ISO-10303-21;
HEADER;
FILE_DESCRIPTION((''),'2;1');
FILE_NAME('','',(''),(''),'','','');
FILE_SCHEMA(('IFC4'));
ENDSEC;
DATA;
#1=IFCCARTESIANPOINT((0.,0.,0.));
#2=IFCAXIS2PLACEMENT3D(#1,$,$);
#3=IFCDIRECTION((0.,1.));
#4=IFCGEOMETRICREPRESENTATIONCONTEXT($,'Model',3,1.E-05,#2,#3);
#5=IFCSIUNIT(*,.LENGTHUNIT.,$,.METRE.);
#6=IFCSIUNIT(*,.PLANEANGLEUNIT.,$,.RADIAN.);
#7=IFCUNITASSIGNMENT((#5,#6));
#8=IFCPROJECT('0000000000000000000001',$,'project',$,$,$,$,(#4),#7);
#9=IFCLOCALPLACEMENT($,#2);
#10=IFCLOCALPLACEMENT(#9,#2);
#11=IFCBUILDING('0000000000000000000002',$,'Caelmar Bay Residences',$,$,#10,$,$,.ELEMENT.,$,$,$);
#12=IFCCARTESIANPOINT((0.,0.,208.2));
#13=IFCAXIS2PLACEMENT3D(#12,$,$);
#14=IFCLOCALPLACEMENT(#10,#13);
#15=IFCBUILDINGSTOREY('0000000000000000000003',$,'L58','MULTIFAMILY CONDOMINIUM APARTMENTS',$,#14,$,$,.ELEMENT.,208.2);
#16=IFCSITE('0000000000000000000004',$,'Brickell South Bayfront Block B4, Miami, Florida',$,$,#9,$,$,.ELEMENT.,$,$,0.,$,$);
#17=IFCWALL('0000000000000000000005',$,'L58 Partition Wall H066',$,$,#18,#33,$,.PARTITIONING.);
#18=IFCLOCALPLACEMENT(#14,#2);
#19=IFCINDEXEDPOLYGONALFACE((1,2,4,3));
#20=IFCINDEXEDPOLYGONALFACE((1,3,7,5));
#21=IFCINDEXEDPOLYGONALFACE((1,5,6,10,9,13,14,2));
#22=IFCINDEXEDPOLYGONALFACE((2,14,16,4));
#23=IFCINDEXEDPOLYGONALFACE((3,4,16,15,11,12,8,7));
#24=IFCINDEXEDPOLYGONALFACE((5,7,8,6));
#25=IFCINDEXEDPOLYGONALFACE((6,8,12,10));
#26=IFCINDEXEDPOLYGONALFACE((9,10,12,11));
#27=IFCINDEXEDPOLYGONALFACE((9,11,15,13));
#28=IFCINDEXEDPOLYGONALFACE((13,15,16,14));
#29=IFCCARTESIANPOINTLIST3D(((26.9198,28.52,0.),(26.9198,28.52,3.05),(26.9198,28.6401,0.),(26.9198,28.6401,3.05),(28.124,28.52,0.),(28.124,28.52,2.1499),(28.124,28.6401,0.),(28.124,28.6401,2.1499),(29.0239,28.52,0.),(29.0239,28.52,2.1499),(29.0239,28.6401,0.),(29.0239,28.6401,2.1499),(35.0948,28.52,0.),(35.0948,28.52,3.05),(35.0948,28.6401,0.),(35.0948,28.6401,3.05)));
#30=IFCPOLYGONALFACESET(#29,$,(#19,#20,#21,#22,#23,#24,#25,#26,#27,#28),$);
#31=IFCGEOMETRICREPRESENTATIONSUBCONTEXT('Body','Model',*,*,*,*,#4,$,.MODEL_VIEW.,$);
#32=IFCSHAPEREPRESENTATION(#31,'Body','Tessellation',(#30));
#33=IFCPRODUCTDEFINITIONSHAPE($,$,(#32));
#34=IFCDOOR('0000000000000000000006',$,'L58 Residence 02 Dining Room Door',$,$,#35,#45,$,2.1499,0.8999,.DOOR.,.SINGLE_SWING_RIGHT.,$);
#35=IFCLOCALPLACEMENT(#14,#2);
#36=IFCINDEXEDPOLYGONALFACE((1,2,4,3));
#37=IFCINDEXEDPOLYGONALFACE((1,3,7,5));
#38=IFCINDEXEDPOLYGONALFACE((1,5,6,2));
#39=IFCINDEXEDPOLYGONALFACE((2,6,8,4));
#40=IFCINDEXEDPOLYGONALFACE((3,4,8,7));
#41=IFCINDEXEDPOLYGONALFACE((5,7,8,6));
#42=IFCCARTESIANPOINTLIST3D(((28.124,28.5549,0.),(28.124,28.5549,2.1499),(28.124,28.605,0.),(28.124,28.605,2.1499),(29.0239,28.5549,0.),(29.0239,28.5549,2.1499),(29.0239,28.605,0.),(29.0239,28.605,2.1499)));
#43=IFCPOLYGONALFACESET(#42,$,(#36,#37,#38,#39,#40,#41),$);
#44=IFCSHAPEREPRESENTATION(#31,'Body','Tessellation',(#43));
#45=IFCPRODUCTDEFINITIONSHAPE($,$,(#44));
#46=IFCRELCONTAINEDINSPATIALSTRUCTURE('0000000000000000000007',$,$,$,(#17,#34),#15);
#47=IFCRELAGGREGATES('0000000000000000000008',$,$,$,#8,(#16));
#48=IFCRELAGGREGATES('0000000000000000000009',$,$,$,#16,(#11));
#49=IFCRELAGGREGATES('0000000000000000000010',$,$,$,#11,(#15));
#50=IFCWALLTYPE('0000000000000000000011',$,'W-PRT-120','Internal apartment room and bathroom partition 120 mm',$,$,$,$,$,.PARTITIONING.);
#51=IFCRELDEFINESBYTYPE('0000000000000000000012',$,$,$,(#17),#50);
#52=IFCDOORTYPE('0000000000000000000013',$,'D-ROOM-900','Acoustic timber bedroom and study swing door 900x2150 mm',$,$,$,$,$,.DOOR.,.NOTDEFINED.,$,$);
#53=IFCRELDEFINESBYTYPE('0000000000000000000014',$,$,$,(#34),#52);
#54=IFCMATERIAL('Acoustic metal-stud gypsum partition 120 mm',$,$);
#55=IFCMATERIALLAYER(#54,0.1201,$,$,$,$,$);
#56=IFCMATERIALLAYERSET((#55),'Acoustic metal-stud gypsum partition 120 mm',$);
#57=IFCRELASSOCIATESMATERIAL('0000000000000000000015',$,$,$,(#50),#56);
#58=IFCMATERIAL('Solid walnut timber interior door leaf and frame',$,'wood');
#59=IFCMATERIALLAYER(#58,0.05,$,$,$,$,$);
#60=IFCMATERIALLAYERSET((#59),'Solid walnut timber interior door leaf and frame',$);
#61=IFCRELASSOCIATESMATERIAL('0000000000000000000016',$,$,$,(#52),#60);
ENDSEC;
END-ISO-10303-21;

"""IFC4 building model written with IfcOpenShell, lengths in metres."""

from ifc_helpers import new_model, si_unit, direction, frame, frame_2d, origin, place, context, subcontext, project, spatial, rectangle, extrude, material, layer, layer_set, type_object, element, fill, save


model = new_model("IFC4")

# Units and contexts
model_context = context("Model", 3, precision=1e-05, world=origin(), true_north=direction((0.0, 1.0)))
body_context = subcontext(model_context, "Body", "Model", "MODEL_VIEW")
ifc_project = project(units=[si_unit("LENGTHUNIT", "METRE"), si_unit("PLANEANGLEUNIT", "RADIAN")], contexts=[model_context])

# Site, building, storey
site_placement = place(None, origin())
site = spatial("IfcSite", under=ifc_project, at=site_placement, Name="Brickell South Bayfront Block B4, Miami, Florida", CompositionType="ELEMENT", RefElevation=0.0)
building_placement = place(site_placement, origin())
building = spatial("IfcBuilding", under=site, at=building_placement, Name="Caelmar Bay Residences", CompositionType="ELEMENT")
storey_placement = place(building_placement, frame((0.0, 0.0, 208.2)))
storey = spatial("IfcBuildingStorey", under=building, at=storey_placement, Name="L58", Description="MULTIFAMILY CONDOMINIUM APARTMENTS", CompositionType="ELEMENT", Elevation=208.2)

# Wall, opening, door
ifc_material_1 = material(Name="Acoustic metal-stud gypsum partition 120 mm")
ifc_layer_1 = layer(ifc_material_1, 0.1201)
ifc_layer_set_1 = layer_set([ifc_layer_1], Name="Acoustic metal-stud gypsum partition 120 mm")
wall_type_1 = type_object("IfcWallType", Name="W-PRT-120", Description="Internal apartment room and bathroom partition 120 mm", PredefinedType="PARTITIONING", material=ifc_layer_set_1)
ifc_material_2 = material(Name="Solid walnut timber interior door leaf and frame", Category="wood")
ifc_layer_2 = layer(ifc_material_2, 0.05)
ifc_layer_set_2 = layer_set([ifc_layer_2], Name="Solid walnut timber interior door leaf and frame")
door_type_1 = type_object("IfcDoorType", Name="D-ROOM-900", Description="Acoustic timber bedroom and study swing door 900x2150 mm", OperationType="NOTDEFINED", PredefinedType="DOOR", material=ifc_layer_set_2)
wall_1_placement = place(storey_placement, frame((26.9199, 28.5801, 0.0), z_axis=(0.0, 0.0, 1.0), x_axis=(1.0, 0.0, 0.0)))
wall_1 = element("IfcWall", 1, at=wall_1_placement, inside=storey, type_object=wall_type_1, Name="L58 Partition Wall H066", PredefinedType="PARTITIONING", context=body_context, shape_type="SweptSolid", body=[
    extrude(rectangle(XDim=8.175, YDim=0.1201, at=frame_2d((4.0874, 0.0))), origin(), (0.0, 0.0, 1.0), 3.05),
])
opening_1_placement = place(wall_1_placement, frame((1.2041, 0.0, 0.0)))
opening_1 = element("IfcOpeningElement", 2, at=opening_1_placement, cuts=wall_1, PredefinedType="OPENING", context=body_context, shape_type="SweptSolid", body=[
    extrude(rectangle(XDim=0.8999, YDim=2.1499, at=frame_2d((0.45, 1.075))), frame((0.0, 0.0701, 0.0), z_axis=(0.0, -1.0, 0.0), x_axis=(1.0, 0.0, 0.0)), (0.0, 0.0, 1.0), 0.1401),
])
door_1_placement = place(opening_1_placement, origin())
door_1 = element("IfcDoor", 3, at=door_1_placement, inside=storey, type_object=door_type_1, Name="L58 Residence 02 Dining Room Door", OperationType="SINGLE_SWING_RIGHT", OverallHeight=2.1499, OverallWidth=0.8999, PredefinedType="DOOR", context=body_context, shape_type="SweptSolid", body=[
    extrude(rectangle(XDim=0.8999, YDim=2.1499, at=frame_2d((0.45, 1.075))), frame((0.0, 0.0249, 0.0), z_axis=(0.0, -1.0, 0.0), x_axis=(1.0, 0.0, 0.0)), (0.0, 0.0, 1.0), 0.05),
])
fill(opening_1, door_1)

save(model, "model.ifc")
